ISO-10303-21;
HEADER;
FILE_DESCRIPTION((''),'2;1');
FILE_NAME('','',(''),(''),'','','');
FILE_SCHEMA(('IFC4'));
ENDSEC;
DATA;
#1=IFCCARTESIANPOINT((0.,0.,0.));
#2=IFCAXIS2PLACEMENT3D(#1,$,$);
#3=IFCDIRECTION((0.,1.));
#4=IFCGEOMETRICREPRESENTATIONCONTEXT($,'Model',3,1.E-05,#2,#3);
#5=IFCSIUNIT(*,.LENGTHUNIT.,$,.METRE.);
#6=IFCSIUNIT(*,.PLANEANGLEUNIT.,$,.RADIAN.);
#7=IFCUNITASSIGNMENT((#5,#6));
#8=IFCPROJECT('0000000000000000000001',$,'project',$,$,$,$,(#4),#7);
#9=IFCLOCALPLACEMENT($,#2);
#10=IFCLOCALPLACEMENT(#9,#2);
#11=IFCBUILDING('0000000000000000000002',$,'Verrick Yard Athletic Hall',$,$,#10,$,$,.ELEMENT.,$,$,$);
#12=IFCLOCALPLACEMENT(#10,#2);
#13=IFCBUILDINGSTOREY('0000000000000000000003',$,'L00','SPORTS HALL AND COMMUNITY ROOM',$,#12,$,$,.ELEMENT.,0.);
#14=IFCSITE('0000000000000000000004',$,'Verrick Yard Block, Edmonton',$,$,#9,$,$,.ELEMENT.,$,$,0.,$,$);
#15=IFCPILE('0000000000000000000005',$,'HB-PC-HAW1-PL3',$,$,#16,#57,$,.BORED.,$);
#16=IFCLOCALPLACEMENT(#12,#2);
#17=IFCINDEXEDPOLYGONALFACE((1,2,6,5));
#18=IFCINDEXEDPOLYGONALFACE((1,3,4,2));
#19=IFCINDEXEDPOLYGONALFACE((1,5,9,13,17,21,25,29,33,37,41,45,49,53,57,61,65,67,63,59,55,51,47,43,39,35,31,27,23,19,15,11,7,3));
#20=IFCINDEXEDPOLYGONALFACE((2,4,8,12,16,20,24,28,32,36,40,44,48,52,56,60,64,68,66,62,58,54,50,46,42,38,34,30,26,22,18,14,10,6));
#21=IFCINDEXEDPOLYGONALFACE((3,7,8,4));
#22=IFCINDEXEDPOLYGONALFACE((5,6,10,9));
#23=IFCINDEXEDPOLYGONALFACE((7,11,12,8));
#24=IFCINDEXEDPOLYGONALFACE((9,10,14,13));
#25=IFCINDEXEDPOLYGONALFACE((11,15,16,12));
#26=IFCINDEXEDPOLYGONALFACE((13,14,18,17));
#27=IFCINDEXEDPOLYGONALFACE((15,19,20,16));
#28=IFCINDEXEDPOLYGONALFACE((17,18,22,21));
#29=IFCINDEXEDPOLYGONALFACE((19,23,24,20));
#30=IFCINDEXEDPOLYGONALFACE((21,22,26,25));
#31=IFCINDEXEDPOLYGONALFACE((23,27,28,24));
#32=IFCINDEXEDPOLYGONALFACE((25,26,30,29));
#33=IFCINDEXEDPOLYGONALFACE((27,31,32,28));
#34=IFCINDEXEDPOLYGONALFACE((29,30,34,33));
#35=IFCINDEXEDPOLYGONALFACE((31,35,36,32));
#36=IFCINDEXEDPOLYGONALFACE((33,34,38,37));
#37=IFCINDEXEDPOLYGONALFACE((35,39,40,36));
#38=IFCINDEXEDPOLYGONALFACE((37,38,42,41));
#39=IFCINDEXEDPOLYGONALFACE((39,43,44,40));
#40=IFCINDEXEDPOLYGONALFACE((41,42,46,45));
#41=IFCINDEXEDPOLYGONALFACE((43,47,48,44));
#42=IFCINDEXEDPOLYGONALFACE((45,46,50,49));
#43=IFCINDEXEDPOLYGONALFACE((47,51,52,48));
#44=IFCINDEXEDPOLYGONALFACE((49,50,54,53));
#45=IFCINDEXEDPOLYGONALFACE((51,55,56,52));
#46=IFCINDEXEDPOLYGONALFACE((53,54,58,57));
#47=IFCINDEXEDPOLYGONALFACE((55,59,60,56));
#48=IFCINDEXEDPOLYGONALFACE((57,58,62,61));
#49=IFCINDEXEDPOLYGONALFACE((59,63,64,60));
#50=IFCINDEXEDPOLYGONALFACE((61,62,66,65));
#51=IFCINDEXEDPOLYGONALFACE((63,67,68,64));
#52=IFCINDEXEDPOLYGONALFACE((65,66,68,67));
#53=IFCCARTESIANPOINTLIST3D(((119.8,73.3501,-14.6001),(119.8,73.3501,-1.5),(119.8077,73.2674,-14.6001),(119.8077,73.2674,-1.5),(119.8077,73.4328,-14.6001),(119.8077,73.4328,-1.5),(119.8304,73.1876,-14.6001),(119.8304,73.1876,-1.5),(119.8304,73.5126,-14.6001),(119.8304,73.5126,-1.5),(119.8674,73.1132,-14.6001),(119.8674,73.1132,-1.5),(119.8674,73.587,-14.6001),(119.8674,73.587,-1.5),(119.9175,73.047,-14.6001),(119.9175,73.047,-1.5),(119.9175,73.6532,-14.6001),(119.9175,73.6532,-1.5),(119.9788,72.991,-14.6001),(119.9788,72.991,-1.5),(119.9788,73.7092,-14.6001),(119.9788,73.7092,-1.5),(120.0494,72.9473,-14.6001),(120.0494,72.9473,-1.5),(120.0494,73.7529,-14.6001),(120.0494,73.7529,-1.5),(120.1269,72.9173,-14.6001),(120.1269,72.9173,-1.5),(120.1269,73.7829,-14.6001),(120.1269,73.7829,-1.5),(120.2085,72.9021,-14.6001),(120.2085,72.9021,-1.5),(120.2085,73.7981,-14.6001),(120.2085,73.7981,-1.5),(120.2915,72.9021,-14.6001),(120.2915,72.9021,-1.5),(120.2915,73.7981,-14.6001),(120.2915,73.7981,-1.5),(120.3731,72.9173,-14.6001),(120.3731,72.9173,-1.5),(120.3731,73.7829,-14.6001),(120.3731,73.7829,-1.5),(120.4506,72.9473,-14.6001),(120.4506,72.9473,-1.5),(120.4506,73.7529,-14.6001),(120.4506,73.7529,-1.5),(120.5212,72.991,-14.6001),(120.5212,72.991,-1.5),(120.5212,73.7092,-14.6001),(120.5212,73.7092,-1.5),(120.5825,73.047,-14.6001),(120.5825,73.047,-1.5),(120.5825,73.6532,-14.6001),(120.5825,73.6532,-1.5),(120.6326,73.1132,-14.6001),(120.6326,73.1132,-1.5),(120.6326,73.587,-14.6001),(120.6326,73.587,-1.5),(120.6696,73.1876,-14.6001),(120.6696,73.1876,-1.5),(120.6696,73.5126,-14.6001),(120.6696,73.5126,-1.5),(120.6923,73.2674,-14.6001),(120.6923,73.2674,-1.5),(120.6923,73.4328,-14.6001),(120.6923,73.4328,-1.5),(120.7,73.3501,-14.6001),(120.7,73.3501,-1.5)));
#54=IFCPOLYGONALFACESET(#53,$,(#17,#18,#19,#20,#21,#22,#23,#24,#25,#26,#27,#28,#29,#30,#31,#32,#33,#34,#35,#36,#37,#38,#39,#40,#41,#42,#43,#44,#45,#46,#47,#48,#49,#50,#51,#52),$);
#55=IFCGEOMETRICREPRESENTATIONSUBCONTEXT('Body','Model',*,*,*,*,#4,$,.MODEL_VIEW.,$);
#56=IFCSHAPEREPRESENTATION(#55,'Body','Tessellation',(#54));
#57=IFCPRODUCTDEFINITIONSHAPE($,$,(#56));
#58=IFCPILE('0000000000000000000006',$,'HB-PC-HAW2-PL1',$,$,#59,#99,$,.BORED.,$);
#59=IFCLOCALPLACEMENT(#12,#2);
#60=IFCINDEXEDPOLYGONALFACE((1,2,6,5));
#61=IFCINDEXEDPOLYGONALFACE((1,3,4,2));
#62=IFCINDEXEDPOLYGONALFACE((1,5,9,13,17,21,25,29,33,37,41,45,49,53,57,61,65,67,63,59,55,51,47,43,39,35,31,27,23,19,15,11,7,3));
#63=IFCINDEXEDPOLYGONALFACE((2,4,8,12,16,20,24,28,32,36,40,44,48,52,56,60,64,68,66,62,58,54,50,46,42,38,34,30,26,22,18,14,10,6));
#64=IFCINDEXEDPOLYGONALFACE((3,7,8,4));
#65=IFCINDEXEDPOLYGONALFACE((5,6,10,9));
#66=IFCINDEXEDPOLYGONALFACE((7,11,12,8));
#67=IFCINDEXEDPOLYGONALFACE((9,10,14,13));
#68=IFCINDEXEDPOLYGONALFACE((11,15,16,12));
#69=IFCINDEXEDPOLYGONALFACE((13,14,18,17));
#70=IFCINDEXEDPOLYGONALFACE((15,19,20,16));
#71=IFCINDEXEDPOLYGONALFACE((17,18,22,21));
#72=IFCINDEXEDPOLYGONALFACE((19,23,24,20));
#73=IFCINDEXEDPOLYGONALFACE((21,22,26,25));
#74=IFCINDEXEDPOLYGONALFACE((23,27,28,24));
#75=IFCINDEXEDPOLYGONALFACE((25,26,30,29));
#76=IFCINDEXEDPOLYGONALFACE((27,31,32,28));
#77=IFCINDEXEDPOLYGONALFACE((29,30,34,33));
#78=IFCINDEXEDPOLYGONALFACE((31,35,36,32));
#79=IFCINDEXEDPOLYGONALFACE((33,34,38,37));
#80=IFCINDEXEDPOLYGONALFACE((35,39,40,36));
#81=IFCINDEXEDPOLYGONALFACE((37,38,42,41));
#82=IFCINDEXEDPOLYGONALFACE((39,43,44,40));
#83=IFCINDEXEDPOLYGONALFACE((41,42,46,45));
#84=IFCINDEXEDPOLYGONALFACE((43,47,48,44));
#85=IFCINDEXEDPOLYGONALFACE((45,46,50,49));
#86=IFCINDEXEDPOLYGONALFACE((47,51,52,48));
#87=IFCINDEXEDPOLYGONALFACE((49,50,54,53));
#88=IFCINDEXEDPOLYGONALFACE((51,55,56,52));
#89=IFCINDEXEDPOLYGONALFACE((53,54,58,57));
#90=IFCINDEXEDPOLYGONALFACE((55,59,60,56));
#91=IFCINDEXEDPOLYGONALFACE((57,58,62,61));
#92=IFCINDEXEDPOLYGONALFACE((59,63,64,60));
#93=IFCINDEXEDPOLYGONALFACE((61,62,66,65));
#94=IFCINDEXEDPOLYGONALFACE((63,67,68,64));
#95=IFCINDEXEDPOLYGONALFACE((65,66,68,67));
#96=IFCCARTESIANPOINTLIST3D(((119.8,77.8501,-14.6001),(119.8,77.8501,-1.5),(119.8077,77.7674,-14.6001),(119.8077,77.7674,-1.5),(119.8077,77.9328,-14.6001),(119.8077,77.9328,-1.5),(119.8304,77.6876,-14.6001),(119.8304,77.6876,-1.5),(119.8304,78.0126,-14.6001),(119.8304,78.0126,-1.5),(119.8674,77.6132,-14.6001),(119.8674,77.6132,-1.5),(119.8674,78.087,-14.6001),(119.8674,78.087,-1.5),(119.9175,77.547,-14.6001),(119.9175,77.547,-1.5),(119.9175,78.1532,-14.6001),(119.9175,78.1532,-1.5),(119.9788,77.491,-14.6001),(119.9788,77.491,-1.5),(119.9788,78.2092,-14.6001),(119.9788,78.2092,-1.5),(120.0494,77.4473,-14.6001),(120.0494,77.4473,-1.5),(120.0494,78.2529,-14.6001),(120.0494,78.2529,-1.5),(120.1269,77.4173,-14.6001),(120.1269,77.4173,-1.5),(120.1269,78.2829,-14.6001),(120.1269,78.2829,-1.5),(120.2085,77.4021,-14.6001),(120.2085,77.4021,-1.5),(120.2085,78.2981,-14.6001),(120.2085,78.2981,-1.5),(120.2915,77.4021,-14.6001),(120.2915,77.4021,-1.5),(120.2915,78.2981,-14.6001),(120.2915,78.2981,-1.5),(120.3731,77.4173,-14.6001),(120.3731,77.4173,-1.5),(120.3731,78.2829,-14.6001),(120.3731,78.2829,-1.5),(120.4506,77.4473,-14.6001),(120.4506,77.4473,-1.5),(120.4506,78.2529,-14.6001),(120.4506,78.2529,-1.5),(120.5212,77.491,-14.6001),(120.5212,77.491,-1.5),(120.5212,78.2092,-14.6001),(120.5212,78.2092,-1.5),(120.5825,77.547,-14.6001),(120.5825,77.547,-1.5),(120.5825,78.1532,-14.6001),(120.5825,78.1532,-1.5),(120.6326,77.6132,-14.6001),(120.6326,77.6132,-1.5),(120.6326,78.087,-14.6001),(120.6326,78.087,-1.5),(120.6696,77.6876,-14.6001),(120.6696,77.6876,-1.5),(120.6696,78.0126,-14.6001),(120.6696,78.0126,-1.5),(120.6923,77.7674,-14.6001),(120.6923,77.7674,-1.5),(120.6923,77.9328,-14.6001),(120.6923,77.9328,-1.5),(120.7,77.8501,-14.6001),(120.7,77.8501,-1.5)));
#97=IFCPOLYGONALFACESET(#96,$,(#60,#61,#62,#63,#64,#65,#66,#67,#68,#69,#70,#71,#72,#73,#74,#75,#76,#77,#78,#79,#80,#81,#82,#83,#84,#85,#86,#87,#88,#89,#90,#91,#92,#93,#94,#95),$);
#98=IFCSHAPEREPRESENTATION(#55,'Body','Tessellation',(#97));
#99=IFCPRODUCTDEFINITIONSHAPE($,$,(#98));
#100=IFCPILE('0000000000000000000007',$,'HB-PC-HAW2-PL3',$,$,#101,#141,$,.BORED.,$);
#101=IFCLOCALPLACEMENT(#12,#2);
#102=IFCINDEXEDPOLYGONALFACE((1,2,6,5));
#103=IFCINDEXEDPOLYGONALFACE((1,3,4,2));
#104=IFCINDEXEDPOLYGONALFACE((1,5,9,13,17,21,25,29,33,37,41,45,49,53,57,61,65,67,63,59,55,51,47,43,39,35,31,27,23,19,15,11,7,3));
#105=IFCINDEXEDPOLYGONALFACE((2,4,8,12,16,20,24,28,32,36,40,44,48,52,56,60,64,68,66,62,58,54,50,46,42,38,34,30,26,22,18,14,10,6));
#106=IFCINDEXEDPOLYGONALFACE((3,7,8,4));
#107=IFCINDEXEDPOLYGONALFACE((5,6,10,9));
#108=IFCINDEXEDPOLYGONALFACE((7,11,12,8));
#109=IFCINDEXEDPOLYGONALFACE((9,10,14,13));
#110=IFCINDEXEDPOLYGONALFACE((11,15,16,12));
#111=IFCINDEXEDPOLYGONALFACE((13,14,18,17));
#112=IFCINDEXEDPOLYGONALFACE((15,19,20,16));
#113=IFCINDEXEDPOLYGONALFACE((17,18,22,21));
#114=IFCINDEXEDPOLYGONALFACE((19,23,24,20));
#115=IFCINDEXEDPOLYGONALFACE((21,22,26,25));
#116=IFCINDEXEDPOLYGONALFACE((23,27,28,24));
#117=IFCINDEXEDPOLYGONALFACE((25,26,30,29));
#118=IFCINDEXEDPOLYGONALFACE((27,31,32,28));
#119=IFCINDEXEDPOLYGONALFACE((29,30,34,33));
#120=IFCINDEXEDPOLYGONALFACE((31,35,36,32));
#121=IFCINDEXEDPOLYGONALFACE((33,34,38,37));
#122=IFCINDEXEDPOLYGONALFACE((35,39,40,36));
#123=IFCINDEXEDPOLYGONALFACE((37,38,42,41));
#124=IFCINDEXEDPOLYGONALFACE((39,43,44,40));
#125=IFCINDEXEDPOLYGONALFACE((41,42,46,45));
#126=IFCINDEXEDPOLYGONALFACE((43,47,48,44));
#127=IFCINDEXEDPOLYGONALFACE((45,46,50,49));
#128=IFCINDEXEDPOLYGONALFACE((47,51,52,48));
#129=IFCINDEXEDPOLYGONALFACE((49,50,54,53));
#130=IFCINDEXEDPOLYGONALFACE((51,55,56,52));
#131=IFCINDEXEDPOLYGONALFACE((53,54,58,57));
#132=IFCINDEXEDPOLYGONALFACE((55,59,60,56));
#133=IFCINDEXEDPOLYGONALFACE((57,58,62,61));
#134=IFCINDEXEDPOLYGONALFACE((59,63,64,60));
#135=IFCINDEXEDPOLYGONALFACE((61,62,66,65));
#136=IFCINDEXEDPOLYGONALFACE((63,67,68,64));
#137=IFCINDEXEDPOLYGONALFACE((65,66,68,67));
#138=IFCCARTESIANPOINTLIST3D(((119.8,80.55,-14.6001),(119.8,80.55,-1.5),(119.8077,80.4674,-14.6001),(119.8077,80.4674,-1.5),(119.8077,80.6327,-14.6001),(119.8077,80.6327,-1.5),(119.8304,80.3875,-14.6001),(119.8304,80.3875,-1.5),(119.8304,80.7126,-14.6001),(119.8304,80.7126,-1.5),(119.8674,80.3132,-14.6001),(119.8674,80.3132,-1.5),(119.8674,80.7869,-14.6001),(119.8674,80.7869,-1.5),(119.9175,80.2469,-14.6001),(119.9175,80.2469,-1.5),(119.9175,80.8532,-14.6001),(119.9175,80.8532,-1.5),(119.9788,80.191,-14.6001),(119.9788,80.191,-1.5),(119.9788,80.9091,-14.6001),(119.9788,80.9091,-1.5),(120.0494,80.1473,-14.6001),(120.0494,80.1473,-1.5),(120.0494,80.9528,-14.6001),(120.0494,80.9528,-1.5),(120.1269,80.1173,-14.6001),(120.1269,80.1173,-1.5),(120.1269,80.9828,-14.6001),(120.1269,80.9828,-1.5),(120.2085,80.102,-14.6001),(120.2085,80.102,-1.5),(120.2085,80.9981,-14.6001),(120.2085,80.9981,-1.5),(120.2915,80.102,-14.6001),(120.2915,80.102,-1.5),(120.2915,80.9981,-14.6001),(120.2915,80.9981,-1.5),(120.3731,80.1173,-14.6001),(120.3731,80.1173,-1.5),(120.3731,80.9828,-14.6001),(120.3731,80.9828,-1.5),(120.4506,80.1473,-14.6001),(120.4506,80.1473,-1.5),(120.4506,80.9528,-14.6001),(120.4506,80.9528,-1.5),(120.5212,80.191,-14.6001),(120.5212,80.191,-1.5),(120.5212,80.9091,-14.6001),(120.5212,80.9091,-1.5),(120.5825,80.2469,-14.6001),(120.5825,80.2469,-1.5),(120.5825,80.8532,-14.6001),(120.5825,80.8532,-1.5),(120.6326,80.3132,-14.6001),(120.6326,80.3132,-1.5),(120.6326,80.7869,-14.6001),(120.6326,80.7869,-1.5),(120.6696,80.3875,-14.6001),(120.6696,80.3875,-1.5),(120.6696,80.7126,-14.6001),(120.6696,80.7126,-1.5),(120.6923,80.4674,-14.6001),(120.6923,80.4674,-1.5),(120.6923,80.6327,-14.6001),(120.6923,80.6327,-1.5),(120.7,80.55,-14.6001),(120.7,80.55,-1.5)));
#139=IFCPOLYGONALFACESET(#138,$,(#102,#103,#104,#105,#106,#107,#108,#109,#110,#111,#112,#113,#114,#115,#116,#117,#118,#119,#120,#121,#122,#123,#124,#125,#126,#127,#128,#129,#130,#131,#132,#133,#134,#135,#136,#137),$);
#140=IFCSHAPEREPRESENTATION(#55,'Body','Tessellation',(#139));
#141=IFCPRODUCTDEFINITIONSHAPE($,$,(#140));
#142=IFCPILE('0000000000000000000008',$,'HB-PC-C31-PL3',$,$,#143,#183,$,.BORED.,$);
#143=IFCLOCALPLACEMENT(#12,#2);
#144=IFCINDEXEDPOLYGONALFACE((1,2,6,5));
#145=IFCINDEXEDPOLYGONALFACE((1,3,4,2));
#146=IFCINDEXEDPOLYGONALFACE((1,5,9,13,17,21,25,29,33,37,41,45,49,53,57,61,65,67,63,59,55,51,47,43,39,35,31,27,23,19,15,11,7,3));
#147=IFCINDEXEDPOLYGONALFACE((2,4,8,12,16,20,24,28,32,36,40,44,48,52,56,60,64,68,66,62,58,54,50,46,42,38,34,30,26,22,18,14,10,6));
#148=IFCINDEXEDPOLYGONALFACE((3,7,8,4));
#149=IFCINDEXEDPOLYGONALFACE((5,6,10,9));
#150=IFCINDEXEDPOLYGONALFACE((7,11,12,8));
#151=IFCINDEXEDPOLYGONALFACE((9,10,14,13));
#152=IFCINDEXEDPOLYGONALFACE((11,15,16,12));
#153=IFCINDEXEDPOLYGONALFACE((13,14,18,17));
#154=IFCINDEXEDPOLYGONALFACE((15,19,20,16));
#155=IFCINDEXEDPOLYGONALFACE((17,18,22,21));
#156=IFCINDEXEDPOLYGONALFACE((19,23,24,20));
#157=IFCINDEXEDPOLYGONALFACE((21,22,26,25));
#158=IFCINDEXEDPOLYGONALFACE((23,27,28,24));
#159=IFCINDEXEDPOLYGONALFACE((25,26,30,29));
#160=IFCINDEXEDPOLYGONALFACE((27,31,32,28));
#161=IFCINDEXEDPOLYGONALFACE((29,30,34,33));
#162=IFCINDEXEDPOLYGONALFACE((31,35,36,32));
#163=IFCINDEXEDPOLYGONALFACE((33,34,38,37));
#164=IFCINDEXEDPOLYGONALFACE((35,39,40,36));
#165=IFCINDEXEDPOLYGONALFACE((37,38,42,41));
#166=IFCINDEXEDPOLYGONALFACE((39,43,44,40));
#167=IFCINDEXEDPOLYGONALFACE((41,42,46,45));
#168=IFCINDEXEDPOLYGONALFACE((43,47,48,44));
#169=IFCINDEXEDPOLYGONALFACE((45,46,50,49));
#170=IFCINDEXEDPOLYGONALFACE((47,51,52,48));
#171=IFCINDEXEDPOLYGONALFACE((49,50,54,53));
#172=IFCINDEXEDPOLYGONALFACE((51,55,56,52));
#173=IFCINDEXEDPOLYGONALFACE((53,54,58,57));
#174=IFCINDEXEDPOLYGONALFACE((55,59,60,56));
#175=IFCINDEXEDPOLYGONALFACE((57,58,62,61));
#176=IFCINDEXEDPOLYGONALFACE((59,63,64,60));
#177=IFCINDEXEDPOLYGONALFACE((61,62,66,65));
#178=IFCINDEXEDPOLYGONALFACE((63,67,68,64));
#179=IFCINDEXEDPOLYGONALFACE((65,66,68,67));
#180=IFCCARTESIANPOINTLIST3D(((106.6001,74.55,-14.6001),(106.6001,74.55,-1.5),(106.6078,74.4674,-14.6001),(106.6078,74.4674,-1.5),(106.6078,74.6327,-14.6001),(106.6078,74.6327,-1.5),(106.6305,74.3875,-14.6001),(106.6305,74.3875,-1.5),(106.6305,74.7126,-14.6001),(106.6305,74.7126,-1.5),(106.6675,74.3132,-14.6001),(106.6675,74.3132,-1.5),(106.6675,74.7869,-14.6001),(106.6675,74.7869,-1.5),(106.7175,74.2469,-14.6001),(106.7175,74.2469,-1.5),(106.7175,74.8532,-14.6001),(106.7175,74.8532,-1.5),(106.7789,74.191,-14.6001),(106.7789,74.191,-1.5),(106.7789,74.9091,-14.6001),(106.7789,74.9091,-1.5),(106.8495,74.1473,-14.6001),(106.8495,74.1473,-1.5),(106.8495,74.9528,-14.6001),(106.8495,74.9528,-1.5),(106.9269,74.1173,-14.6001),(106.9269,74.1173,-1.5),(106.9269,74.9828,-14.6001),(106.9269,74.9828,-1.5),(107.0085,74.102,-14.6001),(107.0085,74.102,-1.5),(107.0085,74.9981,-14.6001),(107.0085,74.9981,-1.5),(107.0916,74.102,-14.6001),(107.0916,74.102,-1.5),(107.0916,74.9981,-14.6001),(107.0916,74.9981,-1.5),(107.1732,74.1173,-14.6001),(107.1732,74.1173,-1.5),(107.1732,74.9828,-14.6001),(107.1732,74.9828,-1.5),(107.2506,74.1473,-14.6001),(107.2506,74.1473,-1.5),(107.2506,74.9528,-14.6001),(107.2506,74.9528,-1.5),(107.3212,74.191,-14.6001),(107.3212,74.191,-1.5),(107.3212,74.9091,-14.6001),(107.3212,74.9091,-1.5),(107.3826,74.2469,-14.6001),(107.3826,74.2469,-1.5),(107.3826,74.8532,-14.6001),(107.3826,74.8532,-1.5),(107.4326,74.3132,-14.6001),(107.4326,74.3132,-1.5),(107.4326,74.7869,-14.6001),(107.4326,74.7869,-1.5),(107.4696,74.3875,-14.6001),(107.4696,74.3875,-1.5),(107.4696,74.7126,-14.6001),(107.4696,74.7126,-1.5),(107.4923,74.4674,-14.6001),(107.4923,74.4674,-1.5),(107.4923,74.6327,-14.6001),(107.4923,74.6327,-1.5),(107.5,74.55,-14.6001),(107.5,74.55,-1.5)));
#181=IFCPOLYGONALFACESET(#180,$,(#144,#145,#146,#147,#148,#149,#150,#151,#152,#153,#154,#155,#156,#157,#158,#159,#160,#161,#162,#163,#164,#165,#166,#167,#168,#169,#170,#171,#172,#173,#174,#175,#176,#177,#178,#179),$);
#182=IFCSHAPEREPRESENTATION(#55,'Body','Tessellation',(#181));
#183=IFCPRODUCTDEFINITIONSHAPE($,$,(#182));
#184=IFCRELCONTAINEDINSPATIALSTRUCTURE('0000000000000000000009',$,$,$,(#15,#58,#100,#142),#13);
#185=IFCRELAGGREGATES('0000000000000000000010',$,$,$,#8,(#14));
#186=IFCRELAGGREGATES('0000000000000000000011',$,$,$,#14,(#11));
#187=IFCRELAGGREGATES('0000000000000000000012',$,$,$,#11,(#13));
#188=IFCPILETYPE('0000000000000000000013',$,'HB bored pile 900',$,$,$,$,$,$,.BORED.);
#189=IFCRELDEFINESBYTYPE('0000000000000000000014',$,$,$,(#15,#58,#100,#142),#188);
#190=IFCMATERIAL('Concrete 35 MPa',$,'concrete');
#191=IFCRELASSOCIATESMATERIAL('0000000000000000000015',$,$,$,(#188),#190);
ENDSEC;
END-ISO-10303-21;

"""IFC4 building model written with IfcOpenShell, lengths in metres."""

from ifc_helpers import new_model, si_unit, direction, frame, origin, origin_2d, place, context, subcontext, project, spatial, circle, extrude, material, material_profile, profile_set, type_object, element, save


model = new_model("IFC4")

# Units and contexts
model_context = context("Model", 3, precision=1e-05, world=origin(), true_north=direction((0.0, 1.0)))
body_context = subcontext(model_context, "Body", "Model", "MODEL_VIEW")
ifc_project = project(units=[si_unit("LENGTHUNIT", "METRE"), si_unit("PLANEANGLEUNIT", "RADIAN")], contexts=[model_context])

# Site, building, storey
site_placement = place(None, origin())
site = spatial("IfcSite", under=ifc_project, at=site_placement, Name="Verrick Yard Block, Edmonton", CompositionType="ELEMENT", RefElevation=0.0)
building_placement = place(site_placement, origin())
building = spatial("IfcBuilding", under=site, at=building_placement, Name="Verrick Yard Athletic Hall", CompositionType="ELEMENT")
storey_placement = place(building_placement, origin())
storey = spatial("IfcBuildingStorey", under=building, at=storey_placement, Name="L00", Description="SPORTS HALL AND COMMUNITY ROOM", CompositionType="ELEMENT", Elevation=0.0)

# Piles
ifc_material_1 = material(Name="Concrete 35 MPa", Category="concrete")
ifc_material_profile_1 = material_profile(ifc_material_1, circle(Radius=0.45, at=origin_2d()), Name="Bored pile 900")
ifc_profile_set_1 = profile_set([ifc_material_profile_1], Name="Concrete 35 MPa")
pile_type = type_object("IfcPileType", Name="HB bored pile 900", PredefinedType="BORED", material=ifc_profile_set_1)
for number, where, z_axis, x_axis, name in (
    (1, (120.25, 73.3501, -1.5), (0.0, 0.0, -1.0), (1.0, 0.0, 0.0), "HB-PC-HAW1-PL3"),
    (2, (120.25, 77.8501, -1.5), (0.0, 0.0, -1.0), (1.0, 0.0, 0.0), "HB-PC-HAW2-PL1"),
    (3, (120.25, 80.55, -1.5), (0.0, 0.0, -1.0), (1.0, 0.0, 0.0), "HB-PC-HAW2-PL3"),
    (4, (107.05, 74.55, -1.5), (0.0, 0.0, -1.0), (1.0, 0.0, 0.0), "HB-PC-C31-PL3"),
):
    element("IfcPile", number, at=place(storey_placement, frame(where, z_axis=z_axis, x_axis=x_axis)), inside=storey, type_object=pile_type, Name=name, PredefinedType="BORED", context=body_context, shape_type="SweptSolid", body=[
        extrude(circle(Radius=0.45, at=origin_2d()), origin(), (0.0, 0.0, 1.0), 13.1001),
    ])

save(model, "model.ifc")
